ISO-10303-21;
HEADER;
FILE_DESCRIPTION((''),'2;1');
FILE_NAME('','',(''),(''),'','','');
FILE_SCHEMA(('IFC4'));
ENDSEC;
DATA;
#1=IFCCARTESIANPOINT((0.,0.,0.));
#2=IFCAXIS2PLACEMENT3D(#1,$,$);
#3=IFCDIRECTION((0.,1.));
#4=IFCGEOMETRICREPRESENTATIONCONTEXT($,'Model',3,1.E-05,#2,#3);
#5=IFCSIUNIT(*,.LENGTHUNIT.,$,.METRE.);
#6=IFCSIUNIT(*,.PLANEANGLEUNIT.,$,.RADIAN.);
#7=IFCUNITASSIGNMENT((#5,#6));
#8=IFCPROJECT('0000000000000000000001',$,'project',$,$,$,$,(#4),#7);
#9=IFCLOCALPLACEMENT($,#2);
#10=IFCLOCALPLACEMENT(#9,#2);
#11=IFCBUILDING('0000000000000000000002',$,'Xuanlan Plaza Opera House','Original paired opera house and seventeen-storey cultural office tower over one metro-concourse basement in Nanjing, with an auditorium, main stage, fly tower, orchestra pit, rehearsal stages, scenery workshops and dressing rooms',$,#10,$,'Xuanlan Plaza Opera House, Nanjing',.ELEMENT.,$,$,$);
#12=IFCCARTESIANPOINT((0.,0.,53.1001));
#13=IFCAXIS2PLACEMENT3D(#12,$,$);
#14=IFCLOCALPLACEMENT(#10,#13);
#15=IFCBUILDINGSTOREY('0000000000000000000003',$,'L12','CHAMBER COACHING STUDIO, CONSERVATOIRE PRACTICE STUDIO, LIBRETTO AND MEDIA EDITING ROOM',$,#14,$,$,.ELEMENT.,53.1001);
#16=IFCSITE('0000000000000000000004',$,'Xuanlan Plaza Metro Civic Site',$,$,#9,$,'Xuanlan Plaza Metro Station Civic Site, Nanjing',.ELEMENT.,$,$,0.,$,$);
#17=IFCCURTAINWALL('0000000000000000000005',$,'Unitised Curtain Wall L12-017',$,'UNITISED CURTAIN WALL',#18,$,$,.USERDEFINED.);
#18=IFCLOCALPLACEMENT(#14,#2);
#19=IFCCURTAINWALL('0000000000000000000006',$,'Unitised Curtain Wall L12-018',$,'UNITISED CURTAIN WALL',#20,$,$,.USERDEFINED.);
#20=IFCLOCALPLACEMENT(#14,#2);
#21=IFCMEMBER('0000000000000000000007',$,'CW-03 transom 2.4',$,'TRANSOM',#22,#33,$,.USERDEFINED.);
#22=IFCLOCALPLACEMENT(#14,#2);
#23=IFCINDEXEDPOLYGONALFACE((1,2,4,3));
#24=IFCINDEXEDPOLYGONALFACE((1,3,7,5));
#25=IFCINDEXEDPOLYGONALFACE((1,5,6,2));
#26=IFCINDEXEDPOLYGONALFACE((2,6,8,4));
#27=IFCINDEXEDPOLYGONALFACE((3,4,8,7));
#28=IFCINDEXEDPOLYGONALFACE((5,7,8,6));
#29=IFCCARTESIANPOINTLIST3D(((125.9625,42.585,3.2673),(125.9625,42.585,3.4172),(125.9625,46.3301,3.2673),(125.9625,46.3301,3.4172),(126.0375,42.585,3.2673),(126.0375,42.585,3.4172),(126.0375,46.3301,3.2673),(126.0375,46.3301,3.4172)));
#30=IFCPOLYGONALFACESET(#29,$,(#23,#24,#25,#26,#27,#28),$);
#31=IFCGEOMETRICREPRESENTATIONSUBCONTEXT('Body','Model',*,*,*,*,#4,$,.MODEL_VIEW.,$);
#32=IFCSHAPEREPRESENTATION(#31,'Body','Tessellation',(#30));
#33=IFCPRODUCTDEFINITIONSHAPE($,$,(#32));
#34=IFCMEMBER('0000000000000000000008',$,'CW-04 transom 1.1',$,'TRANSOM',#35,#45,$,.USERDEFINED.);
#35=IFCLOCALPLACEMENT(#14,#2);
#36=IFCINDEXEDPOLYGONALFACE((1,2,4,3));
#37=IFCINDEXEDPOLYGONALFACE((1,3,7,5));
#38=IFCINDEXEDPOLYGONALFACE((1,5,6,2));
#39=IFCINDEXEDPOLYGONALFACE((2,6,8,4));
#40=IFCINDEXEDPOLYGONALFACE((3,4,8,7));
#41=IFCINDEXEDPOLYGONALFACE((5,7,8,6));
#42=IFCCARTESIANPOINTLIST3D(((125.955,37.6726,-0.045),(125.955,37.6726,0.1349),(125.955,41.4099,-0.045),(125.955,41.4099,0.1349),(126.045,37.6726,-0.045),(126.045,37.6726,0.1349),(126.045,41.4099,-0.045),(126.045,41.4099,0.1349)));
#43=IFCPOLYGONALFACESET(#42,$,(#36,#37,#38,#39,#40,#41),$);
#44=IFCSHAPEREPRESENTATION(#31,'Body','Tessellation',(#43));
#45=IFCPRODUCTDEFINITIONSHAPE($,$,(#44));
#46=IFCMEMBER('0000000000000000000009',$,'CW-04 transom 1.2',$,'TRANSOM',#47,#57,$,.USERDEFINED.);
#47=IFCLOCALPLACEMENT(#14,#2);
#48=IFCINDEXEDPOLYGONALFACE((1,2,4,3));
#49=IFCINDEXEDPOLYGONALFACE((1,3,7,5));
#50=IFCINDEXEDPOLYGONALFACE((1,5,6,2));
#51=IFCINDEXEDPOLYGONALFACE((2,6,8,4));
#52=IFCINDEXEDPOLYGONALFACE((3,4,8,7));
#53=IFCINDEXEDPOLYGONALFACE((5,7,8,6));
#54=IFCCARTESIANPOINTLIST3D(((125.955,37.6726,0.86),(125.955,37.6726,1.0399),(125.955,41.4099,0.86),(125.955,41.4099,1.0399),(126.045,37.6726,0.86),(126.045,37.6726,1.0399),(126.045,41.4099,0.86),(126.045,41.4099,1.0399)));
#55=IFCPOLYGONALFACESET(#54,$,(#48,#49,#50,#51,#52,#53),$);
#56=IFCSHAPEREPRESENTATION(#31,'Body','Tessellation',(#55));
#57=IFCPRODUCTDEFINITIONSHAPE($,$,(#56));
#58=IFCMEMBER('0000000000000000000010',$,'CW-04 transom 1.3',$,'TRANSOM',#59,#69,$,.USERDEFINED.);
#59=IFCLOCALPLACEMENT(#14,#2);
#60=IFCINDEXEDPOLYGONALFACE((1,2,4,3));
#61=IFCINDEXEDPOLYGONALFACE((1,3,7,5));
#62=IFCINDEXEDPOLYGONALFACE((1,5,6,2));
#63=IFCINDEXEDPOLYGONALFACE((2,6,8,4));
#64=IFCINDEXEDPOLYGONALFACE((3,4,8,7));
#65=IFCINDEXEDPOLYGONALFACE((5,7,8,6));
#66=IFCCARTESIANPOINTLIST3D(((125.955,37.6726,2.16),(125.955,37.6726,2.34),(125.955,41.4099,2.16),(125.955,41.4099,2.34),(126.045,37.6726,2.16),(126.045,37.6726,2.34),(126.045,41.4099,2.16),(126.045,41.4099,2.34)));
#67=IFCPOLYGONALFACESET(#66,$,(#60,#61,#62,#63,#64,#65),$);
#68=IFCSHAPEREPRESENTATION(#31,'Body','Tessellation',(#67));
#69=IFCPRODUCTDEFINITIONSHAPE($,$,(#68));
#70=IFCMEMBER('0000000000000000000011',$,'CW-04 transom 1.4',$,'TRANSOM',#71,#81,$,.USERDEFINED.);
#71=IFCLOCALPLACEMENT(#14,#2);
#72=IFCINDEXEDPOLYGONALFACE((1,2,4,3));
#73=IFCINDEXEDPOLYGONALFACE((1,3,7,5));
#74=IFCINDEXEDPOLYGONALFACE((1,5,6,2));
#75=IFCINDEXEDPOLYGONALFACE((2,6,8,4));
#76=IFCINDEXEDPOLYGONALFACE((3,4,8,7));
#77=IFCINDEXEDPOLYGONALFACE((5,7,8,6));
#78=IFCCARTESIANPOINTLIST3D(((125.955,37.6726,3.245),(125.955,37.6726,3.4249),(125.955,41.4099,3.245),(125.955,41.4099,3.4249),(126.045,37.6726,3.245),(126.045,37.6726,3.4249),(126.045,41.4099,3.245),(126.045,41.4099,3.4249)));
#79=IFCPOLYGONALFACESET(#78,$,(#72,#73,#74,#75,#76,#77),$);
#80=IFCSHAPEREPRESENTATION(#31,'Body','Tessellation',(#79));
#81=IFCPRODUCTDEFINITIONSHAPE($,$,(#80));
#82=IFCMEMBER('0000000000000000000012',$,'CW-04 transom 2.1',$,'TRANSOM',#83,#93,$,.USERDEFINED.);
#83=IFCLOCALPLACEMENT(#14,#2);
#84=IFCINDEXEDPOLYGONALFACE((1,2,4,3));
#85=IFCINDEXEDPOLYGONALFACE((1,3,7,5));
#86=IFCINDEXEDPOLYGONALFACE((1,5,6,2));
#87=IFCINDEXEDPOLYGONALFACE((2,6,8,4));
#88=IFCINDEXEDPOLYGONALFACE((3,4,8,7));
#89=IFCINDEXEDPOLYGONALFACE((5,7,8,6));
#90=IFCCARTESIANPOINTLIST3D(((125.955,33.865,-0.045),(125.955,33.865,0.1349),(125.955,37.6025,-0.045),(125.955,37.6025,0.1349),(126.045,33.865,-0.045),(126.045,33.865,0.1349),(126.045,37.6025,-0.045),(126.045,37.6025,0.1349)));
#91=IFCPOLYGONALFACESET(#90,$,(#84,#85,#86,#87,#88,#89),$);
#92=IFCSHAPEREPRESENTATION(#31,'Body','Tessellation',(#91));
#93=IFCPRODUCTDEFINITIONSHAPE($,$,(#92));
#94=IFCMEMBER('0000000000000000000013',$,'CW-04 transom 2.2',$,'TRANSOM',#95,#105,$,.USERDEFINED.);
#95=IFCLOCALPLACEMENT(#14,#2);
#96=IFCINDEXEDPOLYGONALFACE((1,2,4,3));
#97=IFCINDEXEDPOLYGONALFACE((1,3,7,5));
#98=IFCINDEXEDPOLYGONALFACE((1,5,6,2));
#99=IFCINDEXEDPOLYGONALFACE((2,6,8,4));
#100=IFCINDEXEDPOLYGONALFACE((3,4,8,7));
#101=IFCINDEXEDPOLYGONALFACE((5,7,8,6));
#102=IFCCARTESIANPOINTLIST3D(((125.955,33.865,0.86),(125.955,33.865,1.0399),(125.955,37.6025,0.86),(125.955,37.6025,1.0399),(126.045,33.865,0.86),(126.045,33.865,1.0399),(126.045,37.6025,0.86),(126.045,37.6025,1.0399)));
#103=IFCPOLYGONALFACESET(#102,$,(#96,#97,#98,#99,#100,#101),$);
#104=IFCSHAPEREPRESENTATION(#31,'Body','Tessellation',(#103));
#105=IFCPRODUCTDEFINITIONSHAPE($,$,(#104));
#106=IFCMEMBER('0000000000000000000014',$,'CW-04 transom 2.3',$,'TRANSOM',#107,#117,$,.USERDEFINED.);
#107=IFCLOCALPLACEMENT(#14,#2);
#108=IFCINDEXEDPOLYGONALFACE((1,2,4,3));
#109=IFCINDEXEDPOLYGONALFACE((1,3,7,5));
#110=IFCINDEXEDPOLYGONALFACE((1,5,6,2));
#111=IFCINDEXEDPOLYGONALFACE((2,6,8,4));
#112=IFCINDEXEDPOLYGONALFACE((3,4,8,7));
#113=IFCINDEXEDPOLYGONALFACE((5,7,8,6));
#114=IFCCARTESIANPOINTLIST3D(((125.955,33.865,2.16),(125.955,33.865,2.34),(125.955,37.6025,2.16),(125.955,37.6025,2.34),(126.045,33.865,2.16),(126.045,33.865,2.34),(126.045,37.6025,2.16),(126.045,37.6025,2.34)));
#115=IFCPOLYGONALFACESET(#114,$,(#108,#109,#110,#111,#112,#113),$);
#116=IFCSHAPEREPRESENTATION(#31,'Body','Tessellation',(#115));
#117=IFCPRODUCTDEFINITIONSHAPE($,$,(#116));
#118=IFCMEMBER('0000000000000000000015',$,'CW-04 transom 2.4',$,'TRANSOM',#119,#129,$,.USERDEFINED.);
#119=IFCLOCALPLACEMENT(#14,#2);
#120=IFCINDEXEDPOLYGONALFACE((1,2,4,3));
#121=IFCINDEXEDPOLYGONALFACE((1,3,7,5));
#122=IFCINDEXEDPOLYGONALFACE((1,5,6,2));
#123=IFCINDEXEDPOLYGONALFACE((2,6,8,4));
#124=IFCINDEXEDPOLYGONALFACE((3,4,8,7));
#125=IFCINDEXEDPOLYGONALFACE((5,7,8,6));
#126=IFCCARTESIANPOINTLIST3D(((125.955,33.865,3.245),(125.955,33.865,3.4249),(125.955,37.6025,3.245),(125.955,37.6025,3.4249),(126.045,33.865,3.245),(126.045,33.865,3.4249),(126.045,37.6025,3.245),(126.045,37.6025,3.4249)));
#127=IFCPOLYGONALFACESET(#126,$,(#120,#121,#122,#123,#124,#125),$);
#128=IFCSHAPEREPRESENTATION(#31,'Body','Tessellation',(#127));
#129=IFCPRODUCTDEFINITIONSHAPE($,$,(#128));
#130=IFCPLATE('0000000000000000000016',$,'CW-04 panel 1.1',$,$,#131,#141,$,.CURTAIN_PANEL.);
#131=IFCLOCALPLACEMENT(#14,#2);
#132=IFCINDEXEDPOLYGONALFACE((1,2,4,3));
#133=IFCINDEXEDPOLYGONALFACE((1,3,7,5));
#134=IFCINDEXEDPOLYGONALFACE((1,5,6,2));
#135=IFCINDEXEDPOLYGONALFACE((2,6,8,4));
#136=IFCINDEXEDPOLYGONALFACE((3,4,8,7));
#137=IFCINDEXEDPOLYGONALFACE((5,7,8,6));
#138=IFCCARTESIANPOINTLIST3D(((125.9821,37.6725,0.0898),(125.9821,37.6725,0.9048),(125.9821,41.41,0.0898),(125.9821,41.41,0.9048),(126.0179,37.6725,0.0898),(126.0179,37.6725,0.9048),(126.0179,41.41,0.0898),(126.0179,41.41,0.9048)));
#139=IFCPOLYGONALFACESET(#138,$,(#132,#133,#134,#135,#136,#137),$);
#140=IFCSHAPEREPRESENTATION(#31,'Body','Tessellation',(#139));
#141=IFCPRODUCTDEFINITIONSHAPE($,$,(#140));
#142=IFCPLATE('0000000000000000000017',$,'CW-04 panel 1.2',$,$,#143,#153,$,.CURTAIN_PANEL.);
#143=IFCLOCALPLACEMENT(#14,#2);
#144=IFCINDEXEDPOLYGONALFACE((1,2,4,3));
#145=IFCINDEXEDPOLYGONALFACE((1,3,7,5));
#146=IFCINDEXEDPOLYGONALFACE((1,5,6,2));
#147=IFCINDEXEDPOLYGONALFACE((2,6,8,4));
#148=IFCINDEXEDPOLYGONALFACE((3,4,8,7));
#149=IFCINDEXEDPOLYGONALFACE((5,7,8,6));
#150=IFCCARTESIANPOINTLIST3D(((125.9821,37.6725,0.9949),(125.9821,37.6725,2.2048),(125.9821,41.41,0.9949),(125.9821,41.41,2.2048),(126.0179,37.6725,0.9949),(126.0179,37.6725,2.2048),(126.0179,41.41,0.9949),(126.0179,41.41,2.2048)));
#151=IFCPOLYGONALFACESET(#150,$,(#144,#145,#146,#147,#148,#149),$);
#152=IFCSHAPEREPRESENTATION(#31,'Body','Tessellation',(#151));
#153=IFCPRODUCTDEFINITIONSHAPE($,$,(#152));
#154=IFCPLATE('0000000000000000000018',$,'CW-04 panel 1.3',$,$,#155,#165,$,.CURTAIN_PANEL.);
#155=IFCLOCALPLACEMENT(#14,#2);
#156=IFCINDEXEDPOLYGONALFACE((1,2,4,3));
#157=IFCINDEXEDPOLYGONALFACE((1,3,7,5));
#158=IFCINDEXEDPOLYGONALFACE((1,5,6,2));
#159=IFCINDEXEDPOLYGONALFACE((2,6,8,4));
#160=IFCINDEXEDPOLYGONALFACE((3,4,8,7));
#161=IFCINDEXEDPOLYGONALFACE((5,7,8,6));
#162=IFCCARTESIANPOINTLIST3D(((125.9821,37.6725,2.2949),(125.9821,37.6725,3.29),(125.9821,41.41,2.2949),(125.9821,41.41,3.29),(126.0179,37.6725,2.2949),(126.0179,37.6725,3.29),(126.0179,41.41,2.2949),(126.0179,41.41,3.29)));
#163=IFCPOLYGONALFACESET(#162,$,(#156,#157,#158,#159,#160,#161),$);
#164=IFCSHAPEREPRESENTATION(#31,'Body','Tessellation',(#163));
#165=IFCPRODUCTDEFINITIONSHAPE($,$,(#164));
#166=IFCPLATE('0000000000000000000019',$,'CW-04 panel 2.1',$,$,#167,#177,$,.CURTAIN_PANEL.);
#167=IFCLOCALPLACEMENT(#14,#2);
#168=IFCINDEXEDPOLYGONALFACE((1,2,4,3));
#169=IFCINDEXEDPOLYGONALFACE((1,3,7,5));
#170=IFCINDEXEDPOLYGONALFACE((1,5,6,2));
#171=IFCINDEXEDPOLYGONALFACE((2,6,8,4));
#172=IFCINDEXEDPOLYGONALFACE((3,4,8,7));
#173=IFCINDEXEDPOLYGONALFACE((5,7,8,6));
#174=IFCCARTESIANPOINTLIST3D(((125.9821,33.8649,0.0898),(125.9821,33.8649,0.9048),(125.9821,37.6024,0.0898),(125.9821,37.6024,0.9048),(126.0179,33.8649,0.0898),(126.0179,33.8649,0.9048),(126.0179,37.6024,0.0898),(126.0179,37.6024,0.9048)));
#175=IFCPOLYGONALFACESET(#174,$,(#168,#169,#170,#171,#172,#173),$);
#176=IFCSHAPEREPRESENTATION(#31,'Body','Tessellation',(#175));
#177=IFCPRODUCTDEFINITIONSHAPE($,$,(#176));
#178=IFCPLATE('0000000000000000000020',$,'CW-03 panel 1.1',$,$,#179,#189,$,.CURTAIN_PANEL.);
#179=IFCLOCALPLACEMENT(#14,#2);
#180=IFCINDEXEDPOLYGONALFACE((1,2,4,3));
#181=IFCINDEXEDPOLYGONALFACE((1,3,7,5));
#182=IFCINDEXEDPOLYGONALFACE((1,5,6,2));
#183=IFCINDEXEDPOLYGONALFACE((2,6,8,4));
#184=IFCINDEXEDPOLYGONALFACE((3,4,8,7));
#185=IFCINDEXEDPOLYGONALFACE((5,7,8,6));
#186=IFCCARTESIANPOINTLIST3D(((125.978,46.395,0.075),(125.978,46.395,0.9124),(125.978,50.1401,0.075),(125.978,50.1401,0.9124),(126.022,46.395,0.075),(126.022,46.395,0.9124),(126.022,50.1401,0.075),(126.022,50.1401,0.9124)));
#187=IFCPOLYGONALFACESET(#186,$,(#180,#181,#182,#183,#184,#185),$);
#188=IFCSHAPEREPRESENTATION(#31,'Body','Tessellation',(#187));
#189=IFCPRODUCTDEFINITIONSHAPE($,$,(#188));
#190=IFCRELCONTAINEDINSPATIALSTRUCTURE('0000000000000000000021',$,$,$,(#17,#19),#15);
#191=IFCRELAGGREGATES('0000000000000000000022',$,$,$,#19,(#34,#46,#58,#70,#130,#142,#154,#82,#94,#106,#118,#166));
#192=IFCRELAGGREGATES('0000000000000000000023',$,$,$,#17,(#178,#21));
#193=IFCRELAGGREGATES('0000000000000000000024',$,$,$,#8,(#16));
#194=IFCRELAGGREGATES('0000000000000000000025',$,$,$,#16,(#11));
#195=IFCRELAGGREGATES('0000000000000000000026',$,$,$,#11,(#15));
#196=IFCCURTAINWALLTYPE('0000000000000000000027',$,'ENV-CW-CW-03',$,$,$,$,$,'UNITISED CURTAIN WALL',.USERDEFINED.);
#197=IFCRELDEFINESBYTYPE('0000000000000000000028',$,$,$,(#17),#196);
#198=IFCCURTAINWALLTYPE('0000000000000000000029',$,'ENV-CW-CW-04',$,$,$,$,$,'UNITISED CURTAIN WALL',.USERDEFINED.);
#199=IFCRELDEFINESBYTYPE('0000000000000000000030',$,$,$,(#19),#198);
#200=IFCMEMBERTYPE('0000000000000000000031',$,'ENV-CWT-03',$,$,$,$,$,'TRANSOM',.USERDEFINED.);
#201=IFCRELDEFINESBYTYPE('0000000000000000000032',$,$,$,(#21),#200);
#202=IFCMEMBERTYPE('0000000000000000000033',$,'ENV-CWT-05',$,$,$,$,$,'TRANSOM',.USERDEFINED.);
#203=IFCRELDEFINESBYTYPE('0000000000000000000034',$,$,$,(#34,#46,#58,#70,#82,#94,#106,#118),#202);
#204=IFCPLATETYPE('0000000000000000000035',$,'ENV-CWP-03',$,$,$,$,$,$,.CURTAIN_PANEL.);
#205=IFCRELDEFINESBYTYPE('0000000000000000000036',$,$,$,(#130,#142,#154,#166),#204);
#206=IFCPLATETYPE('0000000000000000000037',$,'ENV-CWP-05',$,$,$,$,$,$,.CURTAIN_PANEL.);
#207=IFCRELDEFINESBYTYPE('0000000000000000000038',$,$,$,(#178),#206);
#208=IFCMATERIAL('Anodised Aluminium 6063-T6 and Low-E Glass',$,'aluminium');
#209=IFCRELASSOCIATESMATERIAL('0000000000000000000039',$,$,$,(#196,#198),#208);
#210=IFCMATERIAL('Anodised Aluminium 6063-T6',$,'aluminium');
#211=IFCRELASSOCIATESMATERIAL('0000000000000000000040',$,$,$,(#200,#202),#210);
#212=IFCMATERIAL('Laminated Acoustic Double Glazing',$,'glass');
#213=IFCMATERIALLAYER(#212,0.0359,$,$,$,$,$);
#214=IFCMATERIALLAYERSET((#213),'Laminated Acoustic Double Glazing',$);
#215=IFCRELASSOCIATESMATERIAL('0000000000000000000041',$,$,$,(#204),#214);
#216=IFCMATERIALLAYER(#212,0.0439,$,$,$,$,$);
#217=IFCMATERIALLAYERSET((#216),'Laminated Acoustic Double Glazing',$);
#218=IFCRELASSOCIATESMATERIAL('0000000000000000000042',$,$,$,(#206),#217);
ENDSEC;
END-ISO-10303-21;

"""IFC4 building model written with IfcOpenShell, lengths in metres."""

from ifc_helpers import new_model, si_unit, direction, frame, origin, origin_2d, place, context, subcontext, project, spatial, rectangle, extrude, material, layer, layer_set, material_profile, profile_set, type_object, element, aggregate, save


model = new_model("IFC4")

# Units and contexts
model_context = context("Model", 3, precision=1e-05, world=origin(), true_north=direction((0.0, 1.0)))
body_context = subcontext(model_context, "Body", "Model", "MODEL_VIEW")
ifc_project = project(units=[si_unit("LENGTHUNIT", "METRE"), si_unit("PLANEANGLEUNIT", "RADIAN")], contexts=[model_context])

# Site, building, storey
site_placement = place(None, origin())
site = spatial("IfcSite", under=ifc_project, at=site_placement, Name="Xuanlan Plaza Metro Civic Site", LongName="Xuanlan Plaza Metro Station Civic Site, Nanjing", CompositionType="ELEMENT", RefElevation=0.0)
building_placement = place(site_placement, origin())
building = spatial("IfcBuilding", under=site, at=building_placement, Name="Xuanlan Plaza Opera House", Description="Original paired opera house and seventeen-storey cultural office tower over one metro-concourse basement in Nanjing, with an auditorium, main stage, fly tower, orchestra pit, rehearsal stages, scenery workshops and dressing rooms", LongName="Xuanlan Plaza Opera House, Nanjing", CompositionType="ELEMENT")
storey_placement = place(building_placement, frame((0.0, 0.0, 53.1001)))
storey = spatial("IfcBuildingStorey", under=building, at=storey_placement, Name="L12", Description="CHAMBER COACHING STUDIO, CONSERVATOIRE PRACTICE STUDIO, LIBRETTO AND MEDIA EDITING ROOM", CompositionType="ELEMENT", Elevation=53.1001)

# Curtain walls
ifc_material_1 = material(Name="Anodised Aluminium 6063-T6 and Low-E Glass", Category="aluminium")
curtain_wall_type_1 = type_object("IfcCurtainWallType", Name="ENV-CW-CW-03", ElementType="UNITISED CURTAIN WALL", PredefinedType="USERDEFINED", material=ifc_material_1)
curtain_wall_1_placement = place(storey_placement, origin())
curtain_wall_1 = element("IfcCurtainWall", 1, at=curtain_wall_1_placement, inside=storey, type_object=curtain_wall_type_1, Name="Unitised Curtain Wall L12-017", ObjectType="UNITISED CURTAIN WALL", PredefinedType="USERDEFINED")
ifc_material_2 = material(Name="Anodised Aluminium 6063-T6", Category="aluminium")
curtain_wall_type_2 = type_object("IfcCurtainWallType", Name="ENV-CW-CW-04", ElementType="UNITISED CURTAIN WALL", PredefinedType="USERDEFINED", material=ifc_material_1)
curtain_wall_2_placement = place(storey_placement, origin())
curtain_wall_2 = element("IfcCurtainWall", 2, at=curtain_wall_2_placement, inside=storey, type_object=curtain_wall_type_2, Name="Unitised Curtain Wall L12-018", ObjectType="UNITISED CURTAIN WALL", PredefinedType="USERDEFINED")

# Members
ifc_material_profile_1 = material_profile(ifc_material_2, rectangle(XDim=0.075, YDim=0.1499, at=origin_2d()), Name="ALU-T 75x150")
ifc_profile_set_1 = profile_set([ifc_material_profile_1], Name="Anodised Aluminium 6063-T6")
member_type_1 = type_object("IfcMemberType", Name="ENV-CWT-03", ElementType="TRANSOM", PredefinedType="USERDEFINED", material=ifc_profile_set_1)
member_1_placement = place(storey_placement, frame((126.0, 46.3301, 3.3423), z_axis=(0.0, -1.0, 0.0), x_axis=(1.0, 0.0, 0.0)))
member_1 = element("IfcMember", 3, at=member_1_placement, type_object=member_type_1, Name="CW-03 transom 2.4", ObjectType="TRANSOM", PredefinedType="USERDEFINED", context=body_context, shape_type="SweptSolid", body=[
    extrude(rectangle(XDim=0.075, YDim=0.1499, at=origin_2d()), origin(), (0.0, 0.0, 1.0), 3.7451),
])
ifc_material_profile_2 = material_profile(ifc_material_2, rectangle(XDim=0.0901, YDim=0.1799, at=origin_2d()), Name="ALU-T 90x180")
ifc_profile_set_2 = profile_set([ifc_material_profile_2], Name="Anodised Aluminium 6063-T6")
member_type_2 = type_object("IfcMemberType", Name="ENV-CWT-05", ElementType="TRANSOM", PredefinedType="USERDEFINED", material=ifc_profile_set_2)
member_2_placement = place(storey_placement, frame((126.0, 41.4099, 0.0449), z_axis=(0.0, -1.0, 0.0), x_axis=(1.0, 0.0, 0.0)))
member_2 = element("IfcMember", 4, at=member_2_placement, type_object=member_type_2, Name="CW-04 transom 1.1", ObjectType="TRANSOM", PredefinedType="USERDEFINED", context=body_context, shape_type="SweptSolid", body=[
    extrude(rectangle(XDim=0.0901, YDim=0.1799, at=origin_2d()), origin(), (0.0, 0.0, 1.0), 3.7373),
])
member_3_placement = place(storey_placement, frame((126.0, 41.4099, 0.95), z_axis=(0.0, -1.0, 0.0), x_axis=(1.0, 0.0, 0.0)))
member_3 = element("IfcMember", 5, at=member_3_placement, type_object=member_type_2, Name="CW-04 transom 1.2", ObjectType="TRANSOM", PredefinedType="USERDEFINED", context=body_context, shape_type="SweptSolid", body=[
    extrude(rectangle(XDim=0.0901, YDim=0.1799, at=origin_2d()), origin(), (0.0, 0.0, 1.0), 3.7373),
])
member_4_placement = place(storey_placement, frame((126.0, 41.4099, 2.25), z_axis=(0.0, -1.0, 0.0), x_axis=(1.0, 0.0, 0.0)))
member_4 = element("IfcMember", 6, at=member_4_placement, type_object=member_type_2, Name="CW-04 transom 1.3", ObjectType="TRANSOM", PredefinedType="USERDEFINED", context=body_context, shape_type="SweptSolid", body=[
    extrude(rectangle(XDim=0.0901, YDim=0.1799, at=origin_2d()), origin(), (0.0, 0.0, 1.0), 3.7373),
])
member_5_placement = place(storey_placement, frame((126.0, 41.4099, 3.335), z_axis=(0.0, -1.0, 0.0), x_axis=(1.0, 0.0, 0.0)))
member_5 = element("IfcMember", 7, at=member_5_placement, type_object=member_type_2, Name="CW-04 transom 1.4", ObjectType="TRANSOM", PredefinedType="USERDEFINED", context=body_context, shape_type="SweptSolid", body=[
    extrude(rectangle(XDim=0.0901, YDim=0.1799, at=origin_2d()), origin(), (0.0, 0.0, 1.0), 3.7373),
])
member_6_placement = place(storey_placement, frame((126.0, 37.6025, 0.0449), z_axis=(0.0, -1.0, 0.0), x_axis=(1.0, 0.0, 0.0)))
member_6 = element("IfcMember", 8, at=member_6_placement, type_object=member_type_2, Name="CW-04 transom 2.1", ObjectType="TRANSOM", PredefinedType="USERDEFINED", context=body_context, shape_type="SweptSolid", body=[
    extrude(rectangle(XDim=0.0901, YDim=0.1799, at=origin_2d()), origin(), (0.0, 0.0, 1.0), 3.7375),
])
member_7_placement = place(storey_placement, frame((126.0, 37.6025, 0.95), z_axis=(0.0, -1.0, 0.0), x_axis=(1.0, 0.0, 0.0)))
member_7 = element("IfcMember", 9, at=member_7_placement, type_object=member_type_2, Name="CW-04 transom 2.2", ObjectType="TRANSOM", PredefinedType="USERDEFINED", context=body_context, shape_type="SweptSolid", body=[
    extrude(rectangle(XDim=0.0901, YDim=0.1799, at=origin_2d()), origin(), (0.0, 0.0, 1.0), 3.7375),
])
member_8_placement = place(storey_placement, frame((126.0, 37.6025, 2.25), z_axis=(0.0, -1.0, 0.0), x_axis=(1.0, 0.0, 0.0)))
member_8 = element("IfcMember", 10, at=member_8_placement, type_object=member_type_2, Name="CW-04 transom 2.3", ObjectType="TRANSOM", PredefinedType="USERDEFINED", context=body_context, shape_type="SweptSolid", body=[
    extrude(rectangle(XDim=0.0901, YDim=0.1799, at=origin_2d()), origin(), (0.0, 0.0, 1.0), 3.7375),
])
member_9_placement = place(storey_placement, frame((126.0, 37.6025, 3.335), z_axis=(0.0, -1.0, 0.0), x_axis=(1.0, 0.0, 0.0)))
member_9 = element("IfcMember", 11, at=member_9_placement, type_object=member_type_2, Name="CW-04 transom 2.4", ObjectType="TRANSOM", PredefinedType="USERDEFINED", context=body_context, shape_type="SweptSolid", body=[
    extrude(rectangle(XDim=0.0901, YDim=0.1799, at=origin_2d()), origin(), (0.0, 0.0, 1.0), 3.7375),
])

# Plates
ifc_material_3 = material(Name="Laminated Acoustic Double Glazing", Category="glass")
ifc_layer_1 = layer(ifc_material_3, 0.0359)
ifc_layer_set_1 = layer_set([ifc_layer_1], Name="Laminated Acoustic Double Glazing")
plate_type_1 = type_object("IfcPlateType", Name="ENV-CWP-03", PredefinedType="CURTAIN_PANEL", material=ifc_layer_set_1)
plate_1_placement = place(storey_placement, frame((126.0, 39.5413, 0.0898), z_axis=(0.0, 0.0, 1.0), x_axis=(0.0, -1.0, 0.0)))
plate_1 = element("IfcPlate", 12, at=plate_1_placement, type_object=plate_type_1, Name="CW-04 panel 1.1", PredefinedType="CURTAIN_PANEL", context=body_context, shape_type="SweptSolid", body=[
    extrude(rectangle(XDim=3.7375, YDim=0.0359, at=origin_2d()), origin(), (0.0, 0.0, 1.0), 0.8149),
])
plate_2_placement = place(storey_placement, frame((126.0, 39.5413, 0.9949), z_axis=(0.0, 0.0, 1.0), x_axis=(0.0, -1.0, 0.0)))
plate_2 = element("IfcPlate", 13, at=plate_2_placement, type_object=plate_type_1, Name="CW-04 panel 1.2", PredefinedType="CURTAIN_PANEL", context=body_context, shape_type="SweptSolid", body=[
    extrude(rectangle(XDim=3.7375, YDim=0.0359, at=origin_2d()), origin(), (0.0, 0.0, 1.0), 1.21),
])
plate_3_placement = place(storey_placement, frame((126.0, 39.5413, 2.2949), z_axis=(0.0, 0.0, 1.0), x_axis=(0.0, -1.0, 0.0)))
plate_3 = element("IfcPlate", 14, at=plate_3_placement, type_object=plate_type_1, Name="CW-04 panel 1.3", PredefinedType="CURTAIN_PANEL", context=body_context, shape_type="SweptSolid", body=[
    extrude(rectangle(XDim=3.7375, YDim=0.0359, at=origin_2d()), origin(), (0.0, 0.0, 1.0), 0.9951),
])
plate_4_placement = place(storey_placement, frame((126.0, 35.7336, 0.0898), z_axis=(0.0, 0.0, 1.0), x_axis=(0.0, -1.0, 0.0)))
plate_4 = element("IfcPlate", 15, at=plate_4_placement, type_object=plate_type_1, Name="CW-04 panel 2.1", PredefinedType="CURTAIN_PANEL", context=body_context, shape_type="SweptSolid", body=[
    extrude(rectangle(XDim=3.7375, YDim=0.0359, at=origin_2d()), origin(), (0.0, 0.0, 1.0), 0.8149),
])
aggregate(curtain_wall_2, [member_2, member_3, member_4, member_5, plate_1, plate_2, plate_3, member_6, member_7, member_8, member_9, plate_4])
ifc_layer_2 = layer(ifc_material_3, 0.0439)
ifc_layer_set_2 = layer_set([ifc_layer_2], Name="Laminated Acoustic Double Glazing")
plate_type_2 = type_object("IfcPlateType", Name="ENV-CWP-05", PredefinedType="CURTAIN_PANEL", material=ifc_layer_set_2)
plate_5_placement = place(storey_placement, frame((126.0, 48.2676, 0.075), z_axis=(0.0, 0.0, 1.0), x_axis=(0.0, -1.0, 0.0)))
plate_5 = element("IfcPlate", 16, at=plate_5_placement, type_object=plate_type_2, Name="CW-03 panel 1.1", PredefinedType="CURTAIN_PANEL", context=body_context, shape_type="SweptSolid", body=[
    extrude(rectangle(XDim=3.7451, YDim=0.0439, at=origin_2d()), origin(), (0.0, 0.0, 1.0), 0.8374),
])
aggregate(curtain_wall_1, [plate_5, member_1])

save(model, "model.ifc")
